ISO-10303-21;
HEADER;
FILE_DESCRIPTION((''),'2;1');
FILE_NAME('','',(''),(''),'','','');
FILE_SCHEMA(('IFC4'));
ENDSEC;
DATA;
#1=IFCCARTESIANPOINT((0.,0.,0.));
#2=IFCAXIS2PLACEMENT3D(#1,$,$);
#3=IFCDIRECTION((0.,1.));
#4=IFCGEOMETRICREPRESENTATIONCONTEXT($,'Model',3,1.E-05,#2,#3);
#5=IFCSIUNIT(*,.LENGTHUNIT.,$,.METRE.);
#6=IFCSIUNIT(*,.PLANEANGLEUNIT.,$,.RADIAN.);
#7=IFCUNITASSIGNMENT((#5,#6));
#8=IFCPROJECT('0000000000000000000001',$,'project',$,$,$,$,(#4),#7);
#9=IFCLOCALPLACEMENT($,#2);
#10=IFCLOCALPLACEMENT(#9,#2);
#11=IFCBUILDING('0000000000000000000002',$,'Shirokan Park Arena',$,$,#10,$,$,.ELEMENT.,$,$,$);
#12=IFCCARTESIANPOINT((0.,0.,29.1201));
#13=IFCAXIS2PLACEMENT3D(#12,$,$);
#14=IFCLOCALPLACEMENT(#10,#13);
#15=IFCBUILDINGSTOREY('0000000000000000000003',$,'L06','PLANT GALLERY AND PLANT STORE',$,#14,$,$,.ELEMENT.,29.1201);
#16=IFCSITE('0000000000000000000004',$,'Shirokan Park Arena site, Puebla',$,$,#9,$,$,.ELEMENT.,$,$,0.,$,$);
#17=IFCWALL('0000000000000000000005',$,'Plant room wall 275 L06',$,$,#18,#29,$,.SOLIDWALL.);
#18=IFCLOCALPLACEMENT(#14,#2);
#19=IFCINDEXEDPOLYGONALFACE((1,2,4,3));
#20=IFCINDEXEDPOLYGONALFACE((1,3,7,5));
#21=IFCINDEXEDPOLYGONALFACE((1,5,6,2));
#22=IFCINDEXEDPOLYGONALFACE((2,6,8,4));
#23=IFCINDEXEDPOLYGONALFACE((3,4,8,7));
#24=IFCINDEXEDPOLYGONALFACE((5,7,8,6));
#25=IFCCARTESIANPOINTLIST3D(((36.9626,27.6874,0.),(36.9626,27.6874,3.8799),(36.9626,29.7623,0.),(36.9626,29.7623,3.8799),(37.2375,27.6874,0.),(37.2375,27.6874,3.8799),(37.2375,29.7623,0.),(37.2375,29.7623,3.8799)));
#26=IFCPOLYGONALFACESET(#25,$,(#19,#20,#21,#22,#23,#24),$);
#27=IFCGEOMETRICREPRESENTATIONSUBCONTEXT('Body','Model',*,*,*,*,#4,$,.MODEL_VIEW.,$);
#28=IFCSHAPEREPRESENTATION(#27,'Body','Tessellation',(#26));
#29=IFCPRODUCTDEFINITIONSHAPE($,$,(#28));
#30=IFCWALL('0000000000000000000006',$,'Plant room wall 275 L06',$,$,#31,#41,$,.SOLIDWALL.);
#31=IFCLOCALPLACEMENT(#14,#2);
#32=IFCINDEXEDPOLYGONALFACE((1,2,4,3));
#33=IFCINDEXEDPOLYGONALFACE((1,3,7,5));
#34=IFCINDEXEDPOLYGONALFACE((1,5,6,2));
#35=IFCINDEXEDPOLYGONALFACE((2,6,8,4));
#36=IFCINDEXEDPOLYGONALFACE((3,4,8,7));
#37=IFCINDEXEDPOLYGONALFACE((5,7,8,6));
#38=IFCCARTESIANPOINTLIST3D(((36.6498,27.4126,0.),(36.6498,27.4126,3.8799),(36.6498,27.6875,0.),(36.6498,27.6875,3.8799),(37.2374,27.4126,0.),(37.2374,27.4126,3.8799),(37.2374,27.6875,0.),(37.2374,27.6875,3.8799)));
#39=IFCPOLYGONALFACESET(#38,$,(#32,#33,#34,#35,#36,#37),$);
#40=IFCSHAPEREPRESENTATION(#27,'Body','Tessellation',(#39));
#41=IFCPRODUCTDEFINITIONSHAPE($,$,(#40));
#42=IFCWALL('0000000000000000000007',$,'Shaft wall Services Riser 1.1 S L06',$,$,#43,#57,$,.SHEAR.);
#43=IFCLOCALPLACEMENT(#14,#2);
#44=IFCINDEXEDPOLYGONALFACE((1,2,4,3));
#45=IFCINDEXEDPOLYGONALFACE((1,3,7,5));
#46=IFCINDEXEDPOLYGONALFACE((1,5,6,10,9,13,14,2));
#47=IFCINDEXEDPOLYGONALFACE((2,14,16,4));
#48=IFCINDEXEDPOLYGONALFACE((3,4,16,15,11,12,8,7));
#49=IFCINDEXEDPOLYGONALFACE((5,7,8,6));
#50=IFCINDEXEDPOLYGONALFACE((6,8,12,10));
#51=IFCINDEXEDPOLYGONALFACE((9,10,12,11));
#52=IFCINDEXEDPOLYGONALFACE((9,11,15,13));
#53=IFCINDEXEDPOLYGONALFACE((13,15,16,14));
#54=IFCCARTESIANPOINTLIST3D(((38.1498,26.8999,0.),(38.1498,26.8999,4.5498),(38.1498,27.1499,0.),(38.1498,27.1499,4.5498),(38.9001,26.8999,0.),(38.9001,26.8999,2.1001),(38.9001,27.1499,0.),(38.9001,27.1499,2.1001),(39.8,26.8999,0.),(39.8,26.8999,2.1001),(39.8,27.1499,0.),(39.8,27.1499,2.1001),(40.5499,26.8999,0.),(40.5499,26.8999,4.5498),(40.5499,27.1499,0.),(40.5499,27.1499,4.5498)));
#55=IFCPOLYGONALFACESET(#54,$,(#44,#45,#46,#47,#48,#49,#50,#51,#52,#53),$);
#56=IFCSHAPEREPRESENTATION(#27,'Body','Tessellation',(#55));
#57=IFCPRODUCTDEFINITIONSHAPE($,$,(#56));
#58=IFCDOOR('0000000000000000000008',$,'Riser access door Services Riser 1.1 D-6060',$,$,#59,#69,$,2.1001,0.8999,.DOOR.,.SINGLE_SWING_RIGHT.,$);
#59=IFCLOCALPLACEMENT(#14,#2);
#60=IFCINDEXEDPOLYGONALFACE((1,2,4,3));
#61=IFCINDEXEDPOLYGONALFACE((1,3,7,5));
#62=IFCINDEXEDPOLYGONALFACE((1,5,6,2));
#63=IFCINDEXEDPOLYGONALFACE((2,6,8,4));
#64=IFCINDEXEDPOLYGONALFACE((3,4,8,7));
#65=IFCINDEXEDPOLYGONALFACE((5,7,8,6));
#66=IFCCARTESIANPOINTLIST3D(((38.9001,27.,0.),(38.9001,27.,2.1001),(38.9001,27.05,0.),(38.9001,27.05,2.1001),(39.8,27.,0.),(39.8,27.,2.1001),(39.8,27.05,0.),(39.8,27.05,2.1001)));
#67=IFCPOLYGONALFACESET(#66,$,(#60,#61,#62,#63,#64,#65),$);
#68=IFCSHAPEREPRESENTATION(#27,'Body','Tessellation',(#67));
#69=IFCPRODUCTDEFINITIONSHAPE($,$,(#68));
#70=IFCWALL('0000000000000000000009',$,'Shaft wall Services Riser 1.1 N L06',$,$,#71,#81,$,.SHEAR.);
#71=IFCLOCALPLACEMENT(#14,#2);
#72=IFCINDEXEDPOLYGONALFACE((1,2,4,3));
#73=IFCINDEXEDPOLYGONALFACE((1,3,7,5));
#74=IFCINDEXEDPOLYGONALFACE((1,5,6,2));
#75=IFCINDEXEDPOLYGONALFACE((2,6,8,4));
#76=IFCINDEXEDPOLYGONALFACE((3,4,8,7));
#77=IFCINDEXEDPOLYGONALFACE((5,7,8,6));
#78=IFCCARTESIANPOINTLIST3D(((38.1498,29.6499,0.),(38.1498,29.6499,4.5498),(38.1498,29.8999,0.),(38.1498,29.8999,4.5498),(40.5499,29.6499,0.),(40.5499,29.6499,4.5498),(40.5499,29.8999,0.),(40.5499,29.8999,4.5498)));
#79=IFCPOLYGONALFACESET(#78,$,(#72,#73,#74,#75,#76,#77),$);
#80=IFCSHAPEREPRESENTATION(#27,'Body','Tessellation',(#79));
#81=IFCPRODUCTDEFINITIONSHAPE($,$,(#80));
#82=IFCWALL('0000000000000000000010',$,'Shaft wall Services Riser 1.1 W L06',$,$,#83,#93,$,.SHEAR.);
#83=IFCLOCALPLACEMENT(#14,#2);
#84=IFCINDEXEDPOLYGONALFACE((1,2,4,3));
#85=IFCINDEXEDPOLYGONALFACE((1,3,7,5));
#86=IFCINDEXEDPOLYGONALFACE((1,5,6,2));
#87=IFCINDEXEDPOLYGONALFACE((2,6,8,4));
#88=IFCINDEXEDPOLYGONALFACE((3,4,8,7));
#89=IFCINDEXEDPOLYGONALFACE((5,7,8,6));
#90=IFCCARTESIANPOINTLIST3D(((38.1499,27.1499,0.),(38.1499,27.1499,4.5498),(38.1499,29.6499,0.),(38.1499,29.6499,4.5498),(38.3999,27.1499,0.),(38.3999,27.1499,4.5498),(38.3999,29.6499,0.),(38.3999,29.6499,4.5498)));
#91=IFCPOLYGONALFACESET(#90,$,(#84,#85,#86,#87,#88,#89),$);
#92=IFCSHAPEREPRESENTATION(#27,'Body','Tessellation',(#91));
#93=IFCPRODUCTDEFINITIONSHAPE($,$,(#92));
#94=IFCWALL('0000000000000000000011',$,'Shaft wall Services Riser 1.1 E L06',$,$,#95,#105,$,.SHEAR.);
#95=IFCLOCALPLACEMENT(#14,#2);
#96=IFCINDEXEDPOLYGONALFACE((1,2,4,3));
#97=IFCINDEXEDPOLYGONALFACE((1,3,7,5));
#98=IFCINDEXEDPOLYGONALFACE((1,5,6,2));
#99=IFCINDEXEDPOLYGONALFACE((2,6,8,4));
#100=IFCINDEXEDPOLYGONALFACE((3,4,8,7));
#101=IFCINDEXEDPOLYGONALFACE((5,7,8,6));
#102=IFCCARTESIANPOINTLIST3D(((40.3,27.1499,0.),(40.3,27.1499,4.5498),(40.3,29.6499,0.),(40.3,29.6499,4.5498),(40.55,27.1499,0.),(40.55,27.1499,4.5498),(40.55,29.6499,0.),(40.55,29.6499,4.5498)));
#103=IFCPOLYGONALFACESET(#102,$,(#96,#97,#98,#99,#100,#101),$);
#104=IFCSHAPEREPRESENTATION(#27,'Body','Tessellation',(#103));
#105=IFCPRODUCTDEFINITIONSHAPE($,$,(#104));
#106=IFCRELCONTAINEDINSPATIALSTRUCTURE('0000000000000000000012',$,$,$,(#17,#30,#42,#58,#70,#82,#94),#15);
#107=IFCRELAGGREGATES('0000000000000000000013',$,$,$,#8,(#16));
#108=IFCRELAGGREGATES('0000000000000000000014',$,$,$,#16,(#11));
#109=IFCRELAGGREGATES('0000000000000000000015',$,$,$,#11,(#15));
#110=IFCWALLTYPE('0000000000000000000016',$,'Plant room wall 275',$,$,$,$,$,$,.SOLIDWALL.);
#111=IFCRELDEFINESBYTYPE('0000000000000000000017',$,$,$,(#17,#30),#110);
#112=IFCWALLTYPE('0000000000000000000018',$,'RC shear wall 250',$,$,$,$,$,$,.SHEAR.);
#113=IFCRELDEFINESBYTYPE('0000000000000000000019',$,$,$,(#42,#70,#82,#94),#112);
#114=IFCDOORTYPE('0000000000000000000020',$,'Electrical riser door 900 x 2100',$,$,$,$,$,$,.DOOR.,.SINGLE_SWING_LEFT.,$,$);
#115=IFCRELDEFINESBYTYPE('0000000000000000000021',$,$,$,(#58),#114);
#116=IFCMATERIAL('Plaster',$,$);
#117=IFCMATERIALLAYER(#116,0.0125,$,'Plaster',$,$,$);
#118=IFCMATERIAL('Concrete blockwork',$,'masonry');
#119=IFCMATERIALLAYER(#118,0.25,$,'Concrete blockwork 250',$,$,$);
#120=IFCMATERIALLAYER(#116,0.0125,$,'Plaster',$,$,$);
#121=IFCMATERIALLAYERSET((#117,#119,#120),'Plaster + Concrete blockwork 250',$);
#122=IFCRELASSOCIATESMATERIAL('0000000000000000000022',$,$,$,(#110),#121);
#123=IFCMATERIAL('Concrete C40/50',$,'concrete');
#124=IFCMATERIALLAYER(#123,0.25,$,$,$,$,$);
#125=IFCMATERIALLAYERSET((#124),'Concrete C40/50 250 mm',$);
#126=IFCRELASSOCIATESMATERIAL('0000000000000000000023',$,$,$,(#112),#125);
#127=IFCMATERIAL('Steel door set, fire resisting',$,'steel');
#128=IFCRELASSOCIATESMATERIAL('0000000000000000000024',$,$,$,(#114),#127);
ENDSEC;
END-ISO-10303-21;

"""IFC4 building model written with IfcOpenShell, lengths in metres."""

from ifc_helpers import new_model, si_unit, direction, frame, frame_2d, origin, place, context, subcontext, project, spatial, rectangle, extrude, material, layer, layer_set, type_object, element, fill, save


model = new_model("IFC4")

# Units and contexts
model_context = context("Model", 3, precision=1e-05, world=origin(), true_north=direction((0.0, 1.0)))
body_context = subcontext(model_context, "Body", "Model", "MODEL_VIEW")
ifc_project = project(units=[si_unit("LENGTHUNIT", "METRE"), si_unit("PLANEANGLEUNIT", "RADIAN")], contexts=[model_context])

# Site, building, storey
site_placement = place(None, origin())
site = spatial("IfcSite", under=ifc_project, at=site_placement, Name="Shirokan Park Arena site, Puebla", CompositionType="ELEMENT", RefElevation=0.0)
building_placement = place(site_placement, origin())
building = spatial("IfcBuilding", under=site, at=building_placement, Name="Shirokan Park Arena", CompositionType="ELEMENT")
storey_placement = place(building_placement, frame((0.0, 0.0, 29.1201)))
storey = spatial("IfcBuildingStorey", under=building, at=storey_placement, Name="L06", Description="PLANT GALLERY AND PLANT STORE", CompositionType="ELEMENT", Elevation=29.1201)

# Shared definitions
ifc_material_1 = material(Name="Plaster")
ifc_layer_1 = layer(ifc_material_1, 0.0125, Name="Plaster")
ifc_material_2 = material(Name="Concrete blockwork", Category="masonry")
ifc_layer_2 = layer(ifc_material_2, 0.25, Name="Concrete blockwork 250")
ifc_layer_3 = layer(ifc_material_1, 0.0125, Name="Plaster")
ifc_layer_set_1 = layer_set([ifc_layer_1, ifc_layer_2, ifc_layer_3], Name="Plaster + Concrete blockwork 250")
wall_type_1 = type_object("IfcWallType", Name="Plant room wall 275", PredefinedType="SOLIDWALL", material=ifc_layer_set_1)

# Walls
wall_1_placement = place(storey_placement, frame((37.1001, 29.7625, 0.0), z_axis=(0.0, 0.0, 1.0), x_axis=(0.0, -1.0, 0.0)))
element("IfcWall", 1, at=wall_1_placement, inside=storey, type_object=wall_type_1, Name="Plant room wall 275 L06", PredefinedType="SOLIDWALL", context=body_context, shape_type="SweptSolid", body=[
    extrude(rectangle(XDim=2.075, YDim=0.2749, at=frame_2d((1.0376, 0.0))), origin(), (0.0, 0.0, 1.0), 3.8799),
])
wall_2_placement = place(storey_placement, frame((37.2375, 27.55, 0.0), z_axis=(0.0, 0.0, 1.0), x_axis=(-1.0, 0.0, 0.0)))
element("IfcWall", 2, at=wall_2_placement, inside=storey, type_object=wall_type_1, Name="Plant room wall 275 L06", PredefinedType="SOLIDWALL", context=body_context, shape_type="SweptSolid", body=[
    extrude(rectangle(XDim=0.5876, YDim=0.2749, at=frame_2d((0.2939, 0.0))), origin(), (0.0, 0.0, 1.0), 3.8799),
])

# Wall, opening, door
ifc_material_3 = material(Name="Concrete C40/50", Category="concrete")
ifc_layer_4 = layer(ifc_material_3, 0.25)
ifc_layer_set_2 = layer_set([ifc_layer_4], Name="Concrete C40/50 250 mm")
wall_type_2 = type_object("IfcWallType", Name="RC shear wall 250", PredefinedType="SHEAR", material=ifc_layer_set_2)
wall_3_placement = place(storey_placement, frame((40.55, 27.0249, 0.0), z_axis=(0.0, 0.0, 1.0), x_axis=(-1.0, 0.0, 0.0)))
wall_3 = element("IfcWall", 3, at=wall_3_placement, inside=storey, type_object=wall_type_2, Name="Shaft wall Services Riser 1.1 S L06", PredefinedType="SHEAR", context=body_context, shape_type="SweptSolid", body=[
    extrude(rectangle(XDim=2.4001, YDim=0.25, at=frame_2d((1.2002, 0.0))), origin(), (0.0, 0.0, 1.0), 4.5498),
])
opening_1_placement = place(wall_3_placement, frame((0.75, 0.0, 0.0)))
opening_1 = element("IfcOpeningElement", 4, at=opening_1_placement, cuts=wall_3, PredefinedType="OPENING", context=body_context, shape_type="SweptSolid", body=[
    extrude(rectangle(XDim=0.8999, YDim=2.1001, at=frame_2d((0.45, 1.05))), frame((0.0, 0.135, 0.0), z_axis=(0.0, -1.0, 0.0), x_axis=(1.0, 0.0, 0.0)), (0.0, 0.0, 1.0), 0.27),
])
ifc_material_4 = material(Name="Steel door set, fire resisting", Category="steel")
door_type_1 = type_object("IfcDoorType", Name="Electrical riser door 900 x 2100", OperationType="SINGLE_SWING_LEFT", PredefinedType="DOOR", material=ifc_material_4)
door_1_placement = place(opening_1_placement, origin())
door_1 = element("IfcDoor", 5, at=door_1_placement, inside=storey, type_object=door_type_1, Name="Riser access door Services Riser 1.1 D-6060", OperationType="SINGLE_SWING_RIGHT", OverallHeight=2.1001, OverallWidth=0.8999, PredefinedType="DOOR", context=body_context, shape_type="SweptSolid", body=[
    extrude(rectangle(XDim=0.8999, YDim=2.1001, at=frame_2d((0.45, 1.05))), frame((0.0, 0.0249, 0.0), z_axis=(0.0, -1.0, 0.0), x_axis=(1.0, 0.0, 0.0)), (0.0, 0.0, 1.0), 0.05),
])
fill(opening_1, door_1)

# Walls
wall_4_placement = place(storey_placement, frame((40.55, 29.7749, 0.0), z_axis=(0.0, 0.0, 1.0), x_axis=(-1.0, 0.0, 0.0)))
element("IfcWall", 6, at=wall_4_placement, inside=storey, type_object=wall_type_2, Name="Shaft wall Services Riser 1.1 N L06", PredefinedType="SHEAR", context=body_context, shape_type="SweptSolid", body=[
    extrude(rectangle(XDim=2.4001, YDim=0.25, at=frame_2d((1.2002, 0.0))), origin(), (0.0, 0.0, 1.0), 4.5498),
])
for number, where, z_axis, x_axis, name in (
    (7, (38.2749, 29.6499, 0.0), (0.0, 0.0, 1.0), (0.0, -1.0, 0.0), "Shaft wall Services Riser 1.1 W L06"),
    (8, (40.425, 29.6499, 0.0), (0.0, 0.0, 1.0), (0.0, -1.0, 0.0), "Shaft wall Services Riser 1.1 E L06"),
):
    element("IfcWall", number, at=place(storey_placement, frame(where, z_axis=z_axis, x_axis=x_axis)), inside=storey, type_object=wall_type_2, Name=name, PredefinedType="SHEAR", context=body_context, shape_type="SweptSolid", body=[
        extrude(rectangle(XDim=2.5, YDim=0.25, at=frame_2d((1.25, 0.0))), origin(), (0.0, 0.0, 1.0), 4.5498),
    ])

save(model, "model.ifc")
